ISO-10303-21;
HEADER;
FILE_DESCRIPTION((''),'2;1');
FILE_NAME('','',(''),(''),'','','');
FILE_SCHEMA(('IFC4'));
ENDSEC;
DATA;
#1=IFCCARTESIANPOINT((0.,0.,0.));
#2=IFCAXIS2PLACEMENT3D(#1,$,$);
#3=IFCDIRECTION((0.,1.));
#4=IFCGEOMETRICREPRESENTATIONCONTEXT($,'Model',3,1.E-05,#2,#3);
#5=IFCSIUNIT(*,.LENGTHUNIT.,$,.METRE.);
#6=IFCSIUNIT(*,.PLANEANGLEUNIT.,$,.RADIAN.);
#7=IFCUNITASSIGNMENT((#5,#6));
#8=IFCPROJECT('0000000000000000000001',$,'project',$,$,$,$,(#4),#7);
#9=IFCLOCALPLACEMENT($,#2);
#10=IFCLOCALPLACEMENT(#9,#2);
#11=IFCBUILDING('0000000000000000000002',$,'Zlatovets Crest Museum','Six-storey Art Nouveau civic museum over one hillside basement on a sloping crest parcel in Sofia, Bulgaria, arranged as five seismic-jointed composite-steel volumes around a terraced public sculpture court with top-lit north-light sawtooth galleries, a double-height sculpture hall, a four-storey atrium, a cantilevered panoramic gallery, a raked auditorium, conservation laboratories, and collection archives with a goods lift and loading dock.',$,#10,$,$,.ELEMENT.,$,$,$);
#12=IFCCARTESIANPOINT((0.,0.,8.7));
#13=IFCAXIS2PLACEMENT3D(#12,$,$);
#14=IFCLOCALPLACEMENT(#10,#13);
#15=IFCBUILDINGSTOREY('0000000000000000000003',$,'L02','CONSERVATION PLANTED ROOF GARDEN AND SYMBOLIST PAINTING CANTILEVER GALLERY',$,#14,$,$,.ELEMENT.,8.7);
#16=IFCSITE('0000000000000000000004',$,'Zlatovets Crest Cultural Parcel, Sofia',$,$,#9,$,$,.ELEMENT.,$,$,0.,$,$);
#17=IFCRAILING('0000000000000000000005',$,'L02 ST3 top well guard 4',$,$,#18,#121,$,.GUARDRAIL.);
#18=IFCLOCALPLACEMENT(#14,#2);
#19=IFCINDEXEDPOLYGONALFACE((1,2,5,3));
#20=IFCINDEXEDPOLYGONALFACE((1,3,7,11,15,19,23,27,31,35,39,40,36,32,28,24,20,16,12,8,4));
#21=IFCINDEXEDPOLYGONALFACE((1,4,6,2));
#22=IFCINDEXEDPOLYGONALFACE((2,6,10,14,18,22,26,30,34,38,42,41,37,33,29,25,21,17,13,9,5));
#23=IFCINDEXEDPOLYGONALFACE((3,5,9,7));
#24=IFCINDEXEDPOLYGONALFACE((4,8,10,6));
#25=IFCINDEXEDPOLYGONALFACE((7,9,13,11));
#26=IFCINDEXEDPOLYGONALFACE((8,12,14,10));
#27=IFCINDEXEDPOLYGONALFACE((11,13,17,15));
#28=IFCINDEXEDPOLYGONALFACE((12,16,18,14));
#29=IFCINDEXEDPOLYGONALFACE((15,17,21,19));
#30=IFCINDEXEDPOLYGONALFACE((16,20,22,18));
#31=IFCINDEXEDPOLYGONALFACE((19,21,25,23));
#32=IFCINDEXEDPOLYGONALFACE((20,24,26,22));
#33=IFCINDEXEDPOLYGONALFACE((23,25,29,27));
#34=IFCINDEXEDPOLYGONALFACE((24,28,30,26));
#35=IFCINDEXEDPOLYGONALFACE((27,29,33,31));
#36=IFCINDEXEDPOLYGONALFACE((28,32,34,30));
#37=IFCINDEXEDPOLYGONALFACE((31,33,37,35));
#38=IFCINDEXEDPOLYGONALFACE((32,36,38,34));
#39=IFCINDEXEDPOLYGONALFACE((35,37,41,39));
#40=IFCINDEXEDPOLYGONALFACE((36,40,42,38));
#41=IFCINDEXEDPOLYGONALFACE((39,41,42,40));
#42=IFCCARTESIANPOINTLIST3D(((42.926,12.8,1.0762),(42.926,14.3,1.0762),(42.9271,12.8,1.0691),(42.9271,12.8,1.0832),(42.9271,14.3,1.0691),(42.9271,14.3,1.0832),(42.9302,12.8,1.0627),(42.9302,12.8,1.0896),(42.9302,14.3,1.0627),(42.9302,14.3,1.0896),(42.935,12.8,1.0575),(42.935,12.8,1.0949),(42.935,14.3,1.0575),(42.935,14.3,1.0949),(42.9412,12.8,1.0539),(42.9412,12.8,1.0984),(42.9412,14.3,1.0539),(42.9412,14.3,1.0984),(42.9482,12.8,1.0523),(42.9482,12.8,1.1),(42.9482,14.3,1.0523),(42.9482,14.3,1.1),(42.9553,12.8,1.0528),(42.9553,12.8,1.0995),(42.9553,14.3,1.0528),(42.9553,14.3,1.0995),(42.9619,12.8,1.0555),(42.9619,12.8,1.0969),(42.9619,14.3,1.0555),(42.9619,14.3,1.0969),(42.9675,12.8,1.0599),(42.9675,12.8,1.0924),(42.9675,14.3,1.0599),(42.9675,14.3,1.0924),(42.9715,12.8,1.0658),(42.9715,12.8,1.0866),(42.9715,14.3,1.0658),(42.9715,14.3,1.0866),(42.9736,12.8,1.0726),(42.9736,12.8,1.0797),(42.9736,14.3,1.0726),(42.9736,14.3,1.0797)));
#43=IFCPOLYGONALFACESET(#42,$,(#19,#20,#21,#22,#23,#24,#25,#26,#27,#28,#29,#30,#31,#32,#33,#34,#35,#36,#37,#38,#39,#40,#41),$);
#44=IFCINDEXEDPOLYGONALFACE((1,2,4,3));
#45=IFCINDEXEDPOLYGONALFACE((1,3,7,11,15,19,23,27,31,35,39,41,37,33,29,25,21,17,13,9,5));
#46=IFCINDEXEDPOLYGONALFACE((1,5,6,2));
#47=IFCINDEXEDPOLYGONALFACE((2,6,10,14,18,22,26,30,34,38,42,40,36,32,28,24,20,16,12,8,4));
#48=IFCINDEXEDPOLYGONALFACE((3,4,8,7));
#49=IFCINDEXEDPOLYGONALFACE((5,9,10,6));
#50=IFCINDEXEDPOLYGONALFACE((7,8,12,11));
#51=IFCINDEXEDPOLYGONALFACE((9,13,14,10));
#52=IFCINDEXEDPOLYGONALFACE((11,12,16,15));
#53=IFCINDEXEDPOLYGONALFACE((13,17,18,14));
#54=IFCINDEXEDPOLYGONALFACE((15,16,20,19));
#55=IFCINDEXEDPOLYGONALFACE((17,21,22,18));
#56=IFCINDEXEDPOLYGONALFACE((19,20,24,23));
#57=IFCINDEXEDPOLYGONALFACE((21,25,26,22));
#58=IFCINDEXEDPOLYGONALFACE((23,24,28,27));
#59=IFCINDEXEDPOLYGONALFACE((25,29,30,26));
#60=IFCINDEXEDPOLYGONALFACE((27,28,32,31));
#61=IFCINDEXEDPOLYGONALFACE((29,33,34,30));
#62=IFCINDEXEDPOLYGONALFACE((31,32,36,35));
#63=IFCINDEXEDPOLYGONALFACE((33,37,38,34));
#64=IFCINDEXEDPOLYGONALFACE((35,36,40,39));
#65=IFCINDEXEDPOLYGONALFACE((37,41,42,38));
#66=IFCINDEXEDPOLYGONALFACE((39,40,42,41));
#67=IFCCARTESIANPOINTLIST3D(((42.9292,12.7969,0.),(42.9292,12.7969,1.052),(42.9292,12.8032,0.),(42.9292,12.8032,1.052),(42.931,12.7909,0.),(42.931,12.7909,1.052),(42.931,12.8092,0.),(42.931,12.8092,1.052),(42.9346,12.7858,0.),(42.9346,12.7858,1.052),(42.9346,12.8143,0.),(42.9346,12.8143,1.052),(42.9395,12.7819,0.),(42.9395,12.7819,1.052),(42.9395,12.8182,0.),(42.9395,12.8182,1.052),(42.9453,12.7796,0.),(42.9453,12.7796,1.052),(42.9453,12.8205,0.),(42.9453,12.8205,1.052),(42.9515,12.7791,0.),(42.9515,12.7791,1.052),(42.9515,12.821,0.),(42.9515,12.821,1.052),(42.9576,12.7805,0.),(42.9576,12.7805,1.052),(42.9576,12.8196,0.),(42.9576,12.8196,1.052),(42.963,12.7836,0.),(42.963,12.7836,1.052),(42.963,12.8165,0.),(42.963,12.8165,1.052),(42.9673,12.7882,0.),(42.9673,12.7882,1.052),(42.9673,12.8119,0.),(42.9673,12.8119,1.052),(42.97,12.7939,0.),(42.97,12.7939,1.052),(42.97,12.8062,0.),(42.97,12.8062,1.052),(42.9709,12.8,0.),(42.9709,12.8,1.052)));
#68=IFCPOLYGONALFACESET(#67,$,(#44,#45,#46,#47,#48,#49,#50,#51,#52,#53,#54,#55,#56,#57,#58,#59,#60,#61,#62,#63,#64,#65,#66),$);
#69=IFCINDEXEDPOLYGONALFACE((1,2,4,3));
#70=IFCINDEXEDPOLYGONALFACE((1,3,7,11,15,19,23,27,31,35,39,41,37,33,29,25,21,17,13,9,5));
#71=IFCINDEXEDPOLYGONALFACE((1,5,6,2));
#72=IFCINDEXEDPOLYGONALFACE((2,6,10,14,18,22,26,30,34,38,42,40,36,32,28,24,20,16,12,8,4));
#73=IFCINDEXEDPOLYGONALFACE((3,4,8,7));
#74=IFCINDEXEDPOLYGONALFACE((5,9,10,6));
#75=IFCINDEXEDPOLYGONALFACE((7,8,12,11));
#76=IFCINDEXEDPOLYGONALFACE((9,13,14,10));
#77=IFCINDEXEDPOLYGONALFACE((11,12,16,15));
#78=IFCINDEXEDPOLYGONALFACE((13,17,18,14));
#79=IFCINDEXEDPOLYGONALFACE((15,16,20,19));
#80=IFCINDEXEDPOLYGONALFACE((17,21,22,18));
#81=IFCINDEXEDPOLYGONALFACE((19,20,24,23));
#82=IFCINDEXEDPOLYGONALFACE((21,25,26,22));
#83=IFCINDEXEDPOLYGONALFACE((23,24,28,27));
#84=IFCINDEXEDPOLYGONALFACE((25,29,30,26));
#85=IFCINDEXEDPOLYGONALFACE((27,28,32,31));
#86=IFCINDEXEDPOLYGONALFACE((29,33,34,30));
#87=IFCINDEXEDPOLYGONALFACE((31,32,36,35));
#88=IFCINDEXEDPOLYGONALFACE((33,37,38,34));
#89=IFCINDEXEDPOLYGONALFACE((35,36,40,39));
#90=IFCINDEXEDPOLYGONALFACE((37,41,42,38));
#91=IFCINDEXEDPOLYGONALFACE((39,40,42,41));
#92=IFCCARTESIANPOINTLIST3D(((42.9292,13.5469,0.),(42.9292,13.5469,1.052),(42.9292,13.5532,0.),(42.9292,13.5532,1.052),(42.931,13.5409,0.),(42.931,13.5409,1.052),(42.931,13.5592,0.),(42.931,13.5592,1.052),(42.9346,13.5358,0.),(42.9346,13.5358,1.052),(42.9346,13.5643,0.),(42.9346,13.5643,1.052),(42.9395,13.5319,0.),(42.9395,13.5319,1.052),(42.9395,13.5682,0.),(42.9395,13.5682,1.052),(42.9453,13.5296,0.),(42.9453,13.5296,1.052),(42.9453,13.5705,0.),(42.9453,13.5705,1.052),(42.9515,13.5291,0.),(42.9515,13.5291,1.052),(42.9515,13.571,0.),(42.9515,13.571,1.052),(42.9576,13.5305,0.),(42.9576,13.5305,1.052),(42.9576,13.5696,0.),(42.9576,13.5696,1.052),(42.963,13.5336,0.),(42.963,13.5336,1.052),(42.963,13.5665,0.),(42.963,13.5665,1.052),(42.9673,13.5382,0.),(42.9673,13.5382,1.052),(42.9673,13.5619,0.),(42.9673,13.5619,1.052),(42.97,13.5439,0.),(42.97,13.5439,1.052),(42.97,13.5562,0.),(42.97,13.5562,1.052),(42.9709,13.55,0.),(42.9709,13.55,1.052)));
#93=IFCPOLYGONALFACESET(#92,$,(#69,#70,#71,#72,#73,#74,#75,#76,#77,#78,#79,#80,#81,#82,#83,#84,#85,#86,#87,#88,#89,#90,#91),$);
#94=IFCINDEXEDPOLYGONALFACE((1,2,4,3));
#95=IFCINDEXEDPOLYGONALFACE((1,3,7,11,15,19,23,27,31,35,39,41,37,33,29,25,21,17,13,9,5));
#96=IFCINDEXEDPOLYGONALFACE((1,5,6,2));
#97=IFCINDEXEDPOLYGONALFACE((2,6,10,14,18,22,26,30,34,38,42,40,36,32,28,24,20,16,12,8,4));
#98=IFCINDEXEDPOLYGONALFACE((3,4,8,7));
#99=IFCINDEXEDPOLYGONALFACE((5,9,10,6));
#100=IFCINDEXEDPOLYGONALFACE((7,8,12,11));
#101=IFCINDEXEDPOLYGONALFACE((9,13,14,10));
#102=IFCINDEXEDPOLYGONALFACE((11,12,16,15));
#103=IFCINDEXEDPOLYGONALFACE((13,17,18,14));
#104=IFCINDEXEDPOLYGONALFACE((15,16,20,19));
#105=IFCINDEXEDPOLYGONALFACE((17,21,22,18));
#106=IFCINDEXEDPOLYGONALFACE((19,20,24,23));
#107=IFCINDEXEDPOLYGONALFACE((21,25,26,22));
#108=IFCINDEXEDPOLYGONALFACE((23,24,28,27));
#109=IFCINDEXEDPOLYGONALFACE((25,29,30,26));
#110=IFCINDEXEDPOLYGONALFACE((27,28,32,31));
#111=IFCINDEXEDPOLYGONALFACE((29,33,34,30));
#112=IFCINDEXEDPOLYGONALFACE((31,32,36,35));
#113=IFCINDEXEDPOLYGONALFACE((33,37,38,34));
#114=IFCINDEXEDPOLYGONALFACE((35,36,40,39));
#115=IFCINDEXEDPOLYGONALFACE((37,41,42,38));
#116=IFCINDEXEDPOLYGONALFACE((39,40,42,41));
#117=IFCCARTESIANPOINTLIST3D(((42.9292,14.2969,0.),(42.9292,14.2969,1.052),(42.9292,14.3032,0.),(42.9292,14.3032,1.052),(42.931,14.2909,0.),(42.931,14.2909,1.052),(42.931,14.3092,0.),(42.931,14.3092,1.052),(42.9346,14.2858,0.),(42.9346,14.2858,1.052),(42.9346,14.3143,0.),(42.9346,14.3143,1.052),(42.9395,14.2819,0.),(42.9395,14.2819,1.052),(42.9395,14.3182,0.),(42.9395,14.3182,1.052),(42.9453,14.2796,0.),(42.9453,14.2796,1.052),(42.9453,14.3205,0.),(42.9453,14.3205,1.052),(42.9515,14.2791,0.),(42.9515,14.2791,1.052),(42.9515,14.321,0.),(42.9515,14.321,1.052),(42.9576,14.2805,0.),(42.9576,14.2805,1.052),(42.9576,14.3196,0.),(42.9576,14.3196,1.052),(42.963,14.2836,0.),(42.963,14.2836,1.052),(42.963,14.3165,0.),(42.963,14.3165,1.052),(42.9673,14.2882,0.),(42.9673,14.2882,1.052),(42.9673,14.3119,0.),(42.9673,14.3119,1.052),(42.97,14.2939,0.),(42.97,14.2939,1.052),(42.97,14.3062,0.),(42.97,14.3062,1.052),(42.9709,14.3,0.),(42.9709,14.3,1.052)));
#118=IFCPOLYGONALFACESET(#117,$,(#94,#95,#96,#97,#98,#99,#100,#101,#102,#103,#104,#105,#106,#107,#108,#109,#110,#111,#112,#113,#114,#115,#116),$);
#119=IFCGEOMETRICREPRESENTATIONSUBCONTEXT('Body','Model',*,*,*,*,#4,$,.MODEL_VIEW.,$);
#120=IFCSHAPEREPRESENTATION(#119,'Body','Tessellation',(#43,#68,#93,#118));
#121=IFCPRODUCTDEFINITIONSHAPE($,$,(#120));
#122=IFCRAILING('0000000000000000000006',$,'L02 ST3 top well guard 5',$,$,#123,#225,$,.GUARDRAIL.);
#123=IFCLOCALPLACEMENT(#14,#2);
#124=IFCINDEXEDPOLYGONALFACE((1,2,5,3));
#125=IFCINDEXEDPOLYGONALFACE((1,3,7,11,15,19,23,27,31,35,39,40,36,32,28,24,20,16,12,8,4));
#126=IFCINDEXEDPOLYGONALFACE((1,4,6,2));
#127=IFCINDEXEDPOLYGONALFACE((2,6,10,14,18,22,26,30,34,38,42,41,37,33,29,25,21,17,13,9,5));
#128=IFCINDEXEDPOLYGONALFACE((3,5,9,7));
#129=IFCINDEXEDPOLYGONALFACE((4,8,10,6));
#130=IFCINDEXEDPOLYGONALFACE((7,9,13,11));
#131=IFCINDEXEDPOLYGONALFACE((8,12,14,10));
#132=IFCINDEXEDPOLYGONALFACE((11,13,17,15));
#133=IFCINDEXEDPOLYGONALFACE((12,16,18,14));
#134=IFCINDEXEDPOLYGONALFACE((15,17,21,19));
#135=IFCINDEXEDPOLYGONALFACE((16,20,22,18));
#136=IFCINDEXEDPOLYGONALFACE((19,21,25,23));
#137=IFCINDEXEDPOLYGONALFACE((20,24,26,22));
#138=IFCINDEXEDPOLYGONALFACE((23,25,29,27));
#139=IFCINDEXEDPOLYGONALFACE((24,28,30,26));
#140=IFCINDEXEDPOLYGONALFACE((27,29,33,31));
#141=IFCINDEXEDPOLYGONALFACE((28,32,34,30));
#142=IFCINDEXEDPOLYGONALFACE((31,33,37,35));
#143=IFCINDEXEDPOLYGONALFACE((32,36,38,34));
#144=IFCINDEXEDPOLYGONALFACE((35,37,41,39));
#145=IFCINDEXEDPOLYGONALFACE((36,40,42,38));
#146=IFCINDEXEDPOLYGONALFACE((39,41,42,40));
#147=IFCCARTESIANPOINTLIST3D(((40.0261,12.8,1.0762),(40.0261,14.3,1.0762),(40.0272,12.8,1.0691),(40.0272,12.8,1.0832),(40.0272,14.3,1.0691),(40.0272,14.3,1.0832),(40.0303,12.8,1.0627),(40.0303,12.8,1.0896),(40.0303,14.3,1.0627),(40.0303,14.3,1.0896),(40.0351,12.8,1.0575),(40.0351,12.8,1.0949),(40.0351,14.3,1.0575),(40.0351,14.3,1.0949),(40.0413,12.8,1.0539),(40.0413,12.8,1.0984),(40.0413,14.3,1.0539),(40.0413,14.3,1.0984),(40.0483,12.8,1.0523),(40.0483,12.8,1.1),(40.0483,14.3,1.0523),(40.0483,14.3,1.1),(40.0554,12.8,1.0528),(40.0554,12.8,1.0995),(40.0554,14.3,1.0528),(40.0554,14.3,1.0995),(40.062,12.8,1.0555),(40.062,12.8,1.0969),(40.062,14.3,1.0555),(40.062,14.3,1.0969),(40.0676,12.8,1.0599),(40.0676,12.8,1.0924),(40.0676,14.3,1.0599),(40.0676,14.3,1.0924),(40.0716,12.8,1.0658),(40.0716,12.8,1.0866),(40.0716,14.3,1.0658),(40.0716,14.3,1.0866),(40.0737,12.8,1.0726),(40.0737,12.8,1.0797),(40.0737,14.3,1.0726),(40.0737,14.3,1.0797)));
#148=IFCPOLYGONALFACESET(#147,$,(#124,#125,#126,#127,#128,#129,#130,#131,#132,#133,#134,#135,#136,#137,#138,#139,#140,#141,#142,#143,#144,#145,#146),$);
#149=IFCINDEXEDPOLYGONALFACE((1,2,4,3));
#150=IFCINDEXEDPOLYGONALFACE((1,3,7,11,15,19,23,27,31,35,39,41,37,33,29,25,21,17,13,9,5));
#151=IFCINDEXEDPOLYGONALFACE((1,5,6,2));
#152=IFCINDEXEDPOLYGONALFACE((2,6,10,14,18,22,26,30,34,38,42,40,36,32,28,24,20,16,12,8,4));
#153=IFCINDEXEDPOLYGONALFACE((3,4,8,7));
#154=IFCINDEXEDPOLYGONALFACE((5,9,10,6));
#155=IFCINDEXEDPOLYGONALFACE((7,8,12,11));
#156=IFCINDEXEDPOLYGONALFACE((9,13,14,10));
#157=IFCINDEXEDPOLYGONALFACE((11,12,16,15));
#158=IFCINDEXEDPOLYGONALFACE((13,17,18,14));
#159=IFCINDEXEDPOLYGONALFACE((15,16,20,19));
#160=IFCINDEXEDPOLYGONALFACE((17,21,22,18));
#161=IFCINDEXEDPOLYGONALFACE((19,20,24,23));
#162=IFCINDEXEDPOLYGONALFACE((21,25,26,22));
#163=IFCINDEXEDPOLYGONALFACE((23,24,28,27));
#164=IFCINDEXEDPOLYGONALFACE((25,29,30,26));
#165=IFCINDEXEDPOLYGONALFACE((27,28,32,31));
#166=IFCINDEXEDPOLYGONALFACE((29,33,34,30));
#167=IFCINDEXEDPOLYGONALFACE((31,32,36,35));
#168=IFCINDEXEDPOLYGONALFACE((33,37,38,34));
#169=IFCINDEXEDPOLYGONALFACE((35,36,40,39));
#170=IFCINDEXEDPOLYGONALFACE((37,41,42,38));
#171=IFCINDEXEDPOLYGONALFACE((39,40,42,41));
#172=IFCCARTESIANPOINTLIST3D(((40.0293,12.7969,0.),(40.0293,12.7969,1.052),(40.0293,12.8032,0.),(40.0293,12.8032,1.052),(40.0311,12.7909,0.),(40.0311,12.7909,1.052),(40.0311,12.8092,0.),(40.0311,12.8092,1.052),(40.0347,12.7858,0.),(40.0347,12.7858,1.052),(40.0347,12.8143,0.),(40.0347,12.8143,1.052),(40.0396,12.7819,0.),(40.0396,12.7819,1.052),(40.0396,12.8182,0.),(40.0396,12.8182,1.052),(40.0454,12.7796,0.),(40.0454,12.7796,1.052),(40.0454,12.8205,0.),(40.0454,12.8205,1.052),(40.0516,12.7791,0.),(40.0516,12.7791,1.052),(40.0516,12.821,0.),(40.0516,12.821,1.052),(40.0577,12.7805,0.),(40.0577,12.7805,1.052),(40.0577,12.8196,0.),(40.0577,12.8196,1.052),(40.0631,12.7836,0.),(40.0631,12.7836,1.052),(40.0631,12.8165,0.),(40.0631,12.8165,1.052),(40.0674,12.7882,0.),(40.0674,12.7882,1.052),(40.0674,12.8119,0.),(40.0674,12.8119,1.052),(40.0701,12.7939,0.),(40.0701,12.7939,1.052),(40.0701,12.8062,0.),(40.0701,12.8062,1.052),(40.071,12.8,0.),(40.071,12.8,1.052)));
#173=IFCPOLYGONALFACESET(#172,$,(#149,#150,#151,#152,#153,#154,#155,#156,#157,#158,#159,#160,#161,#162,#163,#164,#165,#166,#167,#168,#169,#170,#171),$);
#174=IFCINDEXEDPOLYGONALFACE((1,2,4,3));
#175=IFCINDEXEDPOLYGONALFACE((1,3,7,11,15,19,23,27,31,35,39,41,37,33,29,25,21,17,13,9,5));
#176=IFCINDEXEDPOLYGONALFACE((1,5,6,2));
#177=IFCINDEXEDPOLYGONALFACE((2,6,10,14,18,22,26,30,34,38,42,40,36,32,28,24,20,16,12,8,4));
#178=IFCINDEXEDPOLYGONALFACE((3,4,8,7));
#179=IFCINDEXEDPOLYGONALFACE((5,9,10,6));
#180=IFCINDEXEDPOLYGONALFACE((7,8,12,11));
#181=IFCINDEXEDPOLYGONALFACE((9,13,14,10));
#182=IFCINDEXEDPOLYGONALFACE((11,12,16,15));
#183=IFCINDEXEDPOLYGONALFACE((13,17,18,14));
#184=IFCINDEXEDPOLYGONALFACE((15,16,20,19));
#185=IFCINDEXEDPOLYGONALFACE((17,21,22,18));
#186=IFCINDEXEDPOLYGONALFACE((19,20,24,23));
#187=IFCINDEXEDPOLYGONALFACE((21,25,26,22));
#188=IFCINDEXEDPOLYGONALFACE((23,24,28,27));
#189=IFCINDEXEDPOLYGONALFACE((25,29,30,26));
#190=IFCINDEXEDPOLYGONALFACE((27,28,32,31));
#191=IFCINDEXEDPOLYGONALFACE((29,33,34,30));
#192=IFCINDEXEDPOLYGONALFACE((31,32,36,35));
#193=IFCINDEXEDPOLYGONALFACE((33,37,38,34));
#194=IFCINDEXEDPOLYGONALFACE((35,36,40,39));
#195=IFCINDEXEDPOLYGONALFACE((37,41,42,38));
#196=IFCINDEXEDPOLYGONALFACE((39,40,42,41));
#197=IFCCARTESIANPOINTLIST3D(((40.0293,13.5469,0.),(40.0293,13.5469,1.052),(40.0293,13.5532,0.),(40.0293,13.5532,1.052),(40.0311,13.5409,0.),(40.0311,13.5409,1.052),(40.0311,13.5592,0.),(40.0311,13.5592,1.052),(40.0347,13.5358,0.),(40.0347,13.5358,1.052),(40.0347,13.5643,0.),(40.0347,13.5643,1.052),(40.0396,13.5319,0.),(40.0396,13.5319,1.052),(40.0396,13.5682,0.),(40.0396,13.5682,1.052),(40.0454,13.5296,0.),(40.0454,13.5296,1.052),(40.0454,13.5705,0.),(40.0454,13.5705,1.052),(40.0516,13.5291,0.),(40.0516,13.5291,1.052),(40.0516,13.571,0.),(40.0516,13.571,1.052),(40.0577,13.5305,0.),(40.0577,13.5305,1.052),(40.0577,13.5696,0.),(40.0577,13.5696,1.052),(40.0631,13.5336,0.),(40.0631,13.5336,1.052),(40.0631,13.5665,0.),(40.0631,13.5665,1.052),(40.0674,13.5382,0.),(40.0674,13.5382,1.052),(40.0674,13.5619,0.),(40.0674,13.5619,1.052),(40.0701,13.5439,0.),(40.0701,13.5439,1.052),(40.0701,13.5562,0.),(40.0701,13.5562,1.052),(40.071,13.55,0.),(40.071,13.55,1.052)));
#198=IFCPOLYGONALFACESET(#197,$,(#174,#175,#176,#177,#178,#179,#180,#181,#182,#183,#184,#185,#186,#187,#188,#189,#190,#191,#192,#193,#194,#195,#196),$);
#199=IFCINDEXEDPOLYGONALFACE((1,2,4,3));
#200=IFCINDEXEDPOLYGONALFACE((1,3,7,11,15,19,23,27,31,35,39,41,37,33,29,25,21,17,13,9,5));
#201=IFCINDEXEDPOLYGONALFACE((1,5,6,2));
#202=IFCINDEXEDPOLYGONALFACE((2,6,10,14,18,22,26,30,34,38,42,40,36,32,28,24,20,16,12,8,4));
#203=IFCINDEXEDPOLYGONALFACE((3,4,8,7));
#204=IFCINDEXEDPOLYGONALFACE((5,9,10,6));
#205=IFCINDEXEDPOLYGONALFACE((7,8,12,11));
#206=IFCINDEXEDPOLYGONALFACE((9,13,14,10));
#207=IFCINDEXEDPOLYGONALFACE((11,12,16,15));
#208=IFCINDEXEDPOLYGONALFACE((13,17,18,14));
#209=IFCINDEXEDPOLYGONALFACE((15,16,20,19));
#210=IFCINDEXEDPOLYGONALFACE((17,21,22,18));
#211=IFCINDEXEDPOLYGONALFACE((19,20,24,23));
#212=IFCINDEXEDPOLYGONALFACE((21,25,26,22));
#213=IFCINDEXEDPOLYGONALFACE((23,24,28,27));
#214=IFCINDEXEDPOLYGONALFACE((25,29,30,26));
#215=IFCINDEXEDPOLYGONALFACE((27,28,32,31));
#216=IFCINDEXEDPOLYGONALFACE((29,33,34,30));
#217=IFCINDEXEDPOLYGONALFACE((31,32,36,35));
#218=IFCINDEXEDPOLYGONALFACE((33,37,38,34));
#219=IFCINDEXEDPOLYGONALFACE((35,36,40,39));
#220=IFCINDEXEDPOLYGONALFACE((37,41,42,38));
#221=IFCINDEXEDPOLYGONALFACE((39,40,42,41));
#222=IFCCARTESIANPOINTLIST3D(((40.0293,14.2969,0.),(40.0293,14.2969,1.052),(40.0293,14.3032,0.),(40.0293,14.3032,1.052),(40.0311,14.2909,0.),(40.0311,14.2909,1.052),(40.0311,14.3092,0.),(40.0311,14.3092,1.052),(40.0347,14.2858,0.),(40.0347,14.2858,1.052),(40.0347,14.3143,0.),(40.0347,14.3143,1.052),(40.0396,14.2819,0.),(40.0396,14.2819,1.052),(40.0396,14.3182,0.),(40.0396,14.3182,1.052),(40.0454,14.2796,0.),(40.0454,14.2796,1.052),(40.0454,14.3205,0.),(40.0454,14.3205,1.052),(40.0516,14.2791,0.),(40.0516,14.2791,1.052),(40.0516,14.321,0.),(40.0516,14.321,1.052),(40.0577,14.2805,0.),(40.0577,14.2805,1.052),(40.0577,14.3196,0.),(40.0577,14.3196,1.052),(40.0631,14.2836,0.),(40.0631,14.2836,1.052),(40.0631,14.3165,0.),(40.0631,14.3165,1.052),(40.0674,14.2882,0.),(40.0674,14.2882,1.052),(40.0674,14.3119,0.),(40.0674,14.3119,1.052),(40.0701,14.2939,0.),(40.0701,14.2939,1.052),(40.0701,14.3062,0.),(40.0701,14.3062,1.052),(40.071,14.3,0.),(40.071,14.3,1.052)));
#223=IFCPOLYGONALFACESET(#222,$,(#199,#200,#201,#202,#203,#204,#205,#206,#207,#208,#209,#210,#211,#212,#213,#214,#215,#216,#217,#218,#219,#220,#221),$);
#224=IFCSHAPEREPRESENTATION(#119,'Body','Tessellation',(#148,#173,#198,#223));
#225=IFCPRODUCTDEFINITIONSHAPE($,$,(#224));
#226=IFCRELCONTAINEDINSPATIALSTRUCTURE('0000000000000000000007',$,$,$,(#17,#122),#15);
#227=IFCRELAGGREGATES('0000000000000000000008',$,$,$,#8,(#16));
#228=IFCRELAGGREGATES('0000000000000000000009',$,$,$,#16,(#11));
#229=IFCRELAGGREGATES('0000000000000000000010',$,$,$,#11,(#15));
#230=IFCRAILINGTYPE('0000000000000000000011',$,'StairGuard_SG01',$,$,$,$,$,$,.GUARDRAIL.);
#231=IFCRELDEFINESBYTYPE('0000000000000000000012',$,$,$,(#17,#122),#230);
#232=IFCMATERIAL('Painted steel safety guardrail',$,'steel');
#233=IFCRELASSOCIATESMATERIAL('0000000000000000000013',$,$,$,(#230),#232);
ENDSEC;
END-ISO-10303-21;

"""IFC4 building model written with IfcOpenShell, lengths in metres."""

from ifc_helpers import new_model, si_unit, direction, frame, origin, origin_2d, place, context, subcontext, project, spatial, circle, extrude, material, type_object, element, save


model = new_model("IFC4")

# Units and contexts
model_context = context("Model", 3, precision=1e-05, world=origin(), true_north=direction((0.0, 1.0)))
body_context = subcontext(model_context, "Body", "Model", "MODEL_VIEW")
ifc_project = project(units=[si_unit("LENGTHUNIT", "METRE"), si_unit("PLANEANGLEUNIT", "RADIAN")], contexts=[model_context])

# Site, building, storey
site_placement = place(None, origin())
site = spatial("IfcSite", under=ifc_project, at=site_placement, Name="Zlatovets Crest Cultural Parcel, Sofia", CompositionType="ELEMENT", RefElevation=0.0)
building_placement = place(site_placement, origin())
building = spatial("IfcBuilding", under=site, at=building_placement, Name="Zlatovets Crest Museum", Description="Six-storey Art Nouveau civic museum over one hillside basement on a sloping crest parcel in Sofia, Bulgaria, arranged as five seismic-jointed composite-steel volumes around a terraced public sculpture court with top-lit north-light sawtooth galleries, a double-height sculpture hall, a four-storey atrium, a cantilevered panoramic gallery, a raked auditorium, conservation laboratories, and collection archives with a goods lift and loading dock.", CompositionType="ELEMENT")
storey_placement = place(building_placement, frame((0.0, 0.0, 8.7)))
storey = spatial("IfcBuildingStorey", under=building, at=storey_placement, Name="L02", Description="CONSERVATION PLANTED ROOF GARDEN AND SYMBOLIST PAINTING CANTILEVER GALLERY", CompositionType="ELEMENT", Elevation=8.7)

# Railings
ifc_material_1 = material(Name="Painted steel safety guardrail", Category="steel")
railing_type = type_object("IfcRailingType", Name="StairGuard_SG01", PredefinedType="GUARDRAIL", material=ifc_material_1)
for number, where, name in (
    (1, (42.95, 12.8, 0.0), "L02 ST3 top well guard 4"),
    (2, (40.05, 12.8, 0.0), "L02 ST3 top well guard 5"),
):
    element("IfcRailing", number, at=place(storey_placement, frame(where)), inside=storey, type_object=railing_type, Name=name, PredefinedType="GUARDRAIL", context=body_context, shape_type="SweptSolid", body=[
        extrude(circle(Radius=0.0239, at=origin_2d()), frame((0.0, 0.0, 1.0762), z_axis=(0.0, 1.0, 0.0), x_axis=(-1.0, 0.0, 0.0)), (0.0, 0.0, 1.0), 1.5),
        extrude(circle(Radius=0.021, at=origin_2d()), origin(), (0.0, 0.0, 1.0), 1.052),
        extrude(circle(Radius=0.021, at=origin_2d()), frame((0.0, 0.75, 0.0)), (0.0, 0.0, 1.0), 1.052),
        extrude(circle(Radius=0.021, at=origin_2d()), frame((0.0, 1.5, 0.0)), (0.0, 0.0, 1.0), 1.052),
    ])

save(model, "model.ifc")
